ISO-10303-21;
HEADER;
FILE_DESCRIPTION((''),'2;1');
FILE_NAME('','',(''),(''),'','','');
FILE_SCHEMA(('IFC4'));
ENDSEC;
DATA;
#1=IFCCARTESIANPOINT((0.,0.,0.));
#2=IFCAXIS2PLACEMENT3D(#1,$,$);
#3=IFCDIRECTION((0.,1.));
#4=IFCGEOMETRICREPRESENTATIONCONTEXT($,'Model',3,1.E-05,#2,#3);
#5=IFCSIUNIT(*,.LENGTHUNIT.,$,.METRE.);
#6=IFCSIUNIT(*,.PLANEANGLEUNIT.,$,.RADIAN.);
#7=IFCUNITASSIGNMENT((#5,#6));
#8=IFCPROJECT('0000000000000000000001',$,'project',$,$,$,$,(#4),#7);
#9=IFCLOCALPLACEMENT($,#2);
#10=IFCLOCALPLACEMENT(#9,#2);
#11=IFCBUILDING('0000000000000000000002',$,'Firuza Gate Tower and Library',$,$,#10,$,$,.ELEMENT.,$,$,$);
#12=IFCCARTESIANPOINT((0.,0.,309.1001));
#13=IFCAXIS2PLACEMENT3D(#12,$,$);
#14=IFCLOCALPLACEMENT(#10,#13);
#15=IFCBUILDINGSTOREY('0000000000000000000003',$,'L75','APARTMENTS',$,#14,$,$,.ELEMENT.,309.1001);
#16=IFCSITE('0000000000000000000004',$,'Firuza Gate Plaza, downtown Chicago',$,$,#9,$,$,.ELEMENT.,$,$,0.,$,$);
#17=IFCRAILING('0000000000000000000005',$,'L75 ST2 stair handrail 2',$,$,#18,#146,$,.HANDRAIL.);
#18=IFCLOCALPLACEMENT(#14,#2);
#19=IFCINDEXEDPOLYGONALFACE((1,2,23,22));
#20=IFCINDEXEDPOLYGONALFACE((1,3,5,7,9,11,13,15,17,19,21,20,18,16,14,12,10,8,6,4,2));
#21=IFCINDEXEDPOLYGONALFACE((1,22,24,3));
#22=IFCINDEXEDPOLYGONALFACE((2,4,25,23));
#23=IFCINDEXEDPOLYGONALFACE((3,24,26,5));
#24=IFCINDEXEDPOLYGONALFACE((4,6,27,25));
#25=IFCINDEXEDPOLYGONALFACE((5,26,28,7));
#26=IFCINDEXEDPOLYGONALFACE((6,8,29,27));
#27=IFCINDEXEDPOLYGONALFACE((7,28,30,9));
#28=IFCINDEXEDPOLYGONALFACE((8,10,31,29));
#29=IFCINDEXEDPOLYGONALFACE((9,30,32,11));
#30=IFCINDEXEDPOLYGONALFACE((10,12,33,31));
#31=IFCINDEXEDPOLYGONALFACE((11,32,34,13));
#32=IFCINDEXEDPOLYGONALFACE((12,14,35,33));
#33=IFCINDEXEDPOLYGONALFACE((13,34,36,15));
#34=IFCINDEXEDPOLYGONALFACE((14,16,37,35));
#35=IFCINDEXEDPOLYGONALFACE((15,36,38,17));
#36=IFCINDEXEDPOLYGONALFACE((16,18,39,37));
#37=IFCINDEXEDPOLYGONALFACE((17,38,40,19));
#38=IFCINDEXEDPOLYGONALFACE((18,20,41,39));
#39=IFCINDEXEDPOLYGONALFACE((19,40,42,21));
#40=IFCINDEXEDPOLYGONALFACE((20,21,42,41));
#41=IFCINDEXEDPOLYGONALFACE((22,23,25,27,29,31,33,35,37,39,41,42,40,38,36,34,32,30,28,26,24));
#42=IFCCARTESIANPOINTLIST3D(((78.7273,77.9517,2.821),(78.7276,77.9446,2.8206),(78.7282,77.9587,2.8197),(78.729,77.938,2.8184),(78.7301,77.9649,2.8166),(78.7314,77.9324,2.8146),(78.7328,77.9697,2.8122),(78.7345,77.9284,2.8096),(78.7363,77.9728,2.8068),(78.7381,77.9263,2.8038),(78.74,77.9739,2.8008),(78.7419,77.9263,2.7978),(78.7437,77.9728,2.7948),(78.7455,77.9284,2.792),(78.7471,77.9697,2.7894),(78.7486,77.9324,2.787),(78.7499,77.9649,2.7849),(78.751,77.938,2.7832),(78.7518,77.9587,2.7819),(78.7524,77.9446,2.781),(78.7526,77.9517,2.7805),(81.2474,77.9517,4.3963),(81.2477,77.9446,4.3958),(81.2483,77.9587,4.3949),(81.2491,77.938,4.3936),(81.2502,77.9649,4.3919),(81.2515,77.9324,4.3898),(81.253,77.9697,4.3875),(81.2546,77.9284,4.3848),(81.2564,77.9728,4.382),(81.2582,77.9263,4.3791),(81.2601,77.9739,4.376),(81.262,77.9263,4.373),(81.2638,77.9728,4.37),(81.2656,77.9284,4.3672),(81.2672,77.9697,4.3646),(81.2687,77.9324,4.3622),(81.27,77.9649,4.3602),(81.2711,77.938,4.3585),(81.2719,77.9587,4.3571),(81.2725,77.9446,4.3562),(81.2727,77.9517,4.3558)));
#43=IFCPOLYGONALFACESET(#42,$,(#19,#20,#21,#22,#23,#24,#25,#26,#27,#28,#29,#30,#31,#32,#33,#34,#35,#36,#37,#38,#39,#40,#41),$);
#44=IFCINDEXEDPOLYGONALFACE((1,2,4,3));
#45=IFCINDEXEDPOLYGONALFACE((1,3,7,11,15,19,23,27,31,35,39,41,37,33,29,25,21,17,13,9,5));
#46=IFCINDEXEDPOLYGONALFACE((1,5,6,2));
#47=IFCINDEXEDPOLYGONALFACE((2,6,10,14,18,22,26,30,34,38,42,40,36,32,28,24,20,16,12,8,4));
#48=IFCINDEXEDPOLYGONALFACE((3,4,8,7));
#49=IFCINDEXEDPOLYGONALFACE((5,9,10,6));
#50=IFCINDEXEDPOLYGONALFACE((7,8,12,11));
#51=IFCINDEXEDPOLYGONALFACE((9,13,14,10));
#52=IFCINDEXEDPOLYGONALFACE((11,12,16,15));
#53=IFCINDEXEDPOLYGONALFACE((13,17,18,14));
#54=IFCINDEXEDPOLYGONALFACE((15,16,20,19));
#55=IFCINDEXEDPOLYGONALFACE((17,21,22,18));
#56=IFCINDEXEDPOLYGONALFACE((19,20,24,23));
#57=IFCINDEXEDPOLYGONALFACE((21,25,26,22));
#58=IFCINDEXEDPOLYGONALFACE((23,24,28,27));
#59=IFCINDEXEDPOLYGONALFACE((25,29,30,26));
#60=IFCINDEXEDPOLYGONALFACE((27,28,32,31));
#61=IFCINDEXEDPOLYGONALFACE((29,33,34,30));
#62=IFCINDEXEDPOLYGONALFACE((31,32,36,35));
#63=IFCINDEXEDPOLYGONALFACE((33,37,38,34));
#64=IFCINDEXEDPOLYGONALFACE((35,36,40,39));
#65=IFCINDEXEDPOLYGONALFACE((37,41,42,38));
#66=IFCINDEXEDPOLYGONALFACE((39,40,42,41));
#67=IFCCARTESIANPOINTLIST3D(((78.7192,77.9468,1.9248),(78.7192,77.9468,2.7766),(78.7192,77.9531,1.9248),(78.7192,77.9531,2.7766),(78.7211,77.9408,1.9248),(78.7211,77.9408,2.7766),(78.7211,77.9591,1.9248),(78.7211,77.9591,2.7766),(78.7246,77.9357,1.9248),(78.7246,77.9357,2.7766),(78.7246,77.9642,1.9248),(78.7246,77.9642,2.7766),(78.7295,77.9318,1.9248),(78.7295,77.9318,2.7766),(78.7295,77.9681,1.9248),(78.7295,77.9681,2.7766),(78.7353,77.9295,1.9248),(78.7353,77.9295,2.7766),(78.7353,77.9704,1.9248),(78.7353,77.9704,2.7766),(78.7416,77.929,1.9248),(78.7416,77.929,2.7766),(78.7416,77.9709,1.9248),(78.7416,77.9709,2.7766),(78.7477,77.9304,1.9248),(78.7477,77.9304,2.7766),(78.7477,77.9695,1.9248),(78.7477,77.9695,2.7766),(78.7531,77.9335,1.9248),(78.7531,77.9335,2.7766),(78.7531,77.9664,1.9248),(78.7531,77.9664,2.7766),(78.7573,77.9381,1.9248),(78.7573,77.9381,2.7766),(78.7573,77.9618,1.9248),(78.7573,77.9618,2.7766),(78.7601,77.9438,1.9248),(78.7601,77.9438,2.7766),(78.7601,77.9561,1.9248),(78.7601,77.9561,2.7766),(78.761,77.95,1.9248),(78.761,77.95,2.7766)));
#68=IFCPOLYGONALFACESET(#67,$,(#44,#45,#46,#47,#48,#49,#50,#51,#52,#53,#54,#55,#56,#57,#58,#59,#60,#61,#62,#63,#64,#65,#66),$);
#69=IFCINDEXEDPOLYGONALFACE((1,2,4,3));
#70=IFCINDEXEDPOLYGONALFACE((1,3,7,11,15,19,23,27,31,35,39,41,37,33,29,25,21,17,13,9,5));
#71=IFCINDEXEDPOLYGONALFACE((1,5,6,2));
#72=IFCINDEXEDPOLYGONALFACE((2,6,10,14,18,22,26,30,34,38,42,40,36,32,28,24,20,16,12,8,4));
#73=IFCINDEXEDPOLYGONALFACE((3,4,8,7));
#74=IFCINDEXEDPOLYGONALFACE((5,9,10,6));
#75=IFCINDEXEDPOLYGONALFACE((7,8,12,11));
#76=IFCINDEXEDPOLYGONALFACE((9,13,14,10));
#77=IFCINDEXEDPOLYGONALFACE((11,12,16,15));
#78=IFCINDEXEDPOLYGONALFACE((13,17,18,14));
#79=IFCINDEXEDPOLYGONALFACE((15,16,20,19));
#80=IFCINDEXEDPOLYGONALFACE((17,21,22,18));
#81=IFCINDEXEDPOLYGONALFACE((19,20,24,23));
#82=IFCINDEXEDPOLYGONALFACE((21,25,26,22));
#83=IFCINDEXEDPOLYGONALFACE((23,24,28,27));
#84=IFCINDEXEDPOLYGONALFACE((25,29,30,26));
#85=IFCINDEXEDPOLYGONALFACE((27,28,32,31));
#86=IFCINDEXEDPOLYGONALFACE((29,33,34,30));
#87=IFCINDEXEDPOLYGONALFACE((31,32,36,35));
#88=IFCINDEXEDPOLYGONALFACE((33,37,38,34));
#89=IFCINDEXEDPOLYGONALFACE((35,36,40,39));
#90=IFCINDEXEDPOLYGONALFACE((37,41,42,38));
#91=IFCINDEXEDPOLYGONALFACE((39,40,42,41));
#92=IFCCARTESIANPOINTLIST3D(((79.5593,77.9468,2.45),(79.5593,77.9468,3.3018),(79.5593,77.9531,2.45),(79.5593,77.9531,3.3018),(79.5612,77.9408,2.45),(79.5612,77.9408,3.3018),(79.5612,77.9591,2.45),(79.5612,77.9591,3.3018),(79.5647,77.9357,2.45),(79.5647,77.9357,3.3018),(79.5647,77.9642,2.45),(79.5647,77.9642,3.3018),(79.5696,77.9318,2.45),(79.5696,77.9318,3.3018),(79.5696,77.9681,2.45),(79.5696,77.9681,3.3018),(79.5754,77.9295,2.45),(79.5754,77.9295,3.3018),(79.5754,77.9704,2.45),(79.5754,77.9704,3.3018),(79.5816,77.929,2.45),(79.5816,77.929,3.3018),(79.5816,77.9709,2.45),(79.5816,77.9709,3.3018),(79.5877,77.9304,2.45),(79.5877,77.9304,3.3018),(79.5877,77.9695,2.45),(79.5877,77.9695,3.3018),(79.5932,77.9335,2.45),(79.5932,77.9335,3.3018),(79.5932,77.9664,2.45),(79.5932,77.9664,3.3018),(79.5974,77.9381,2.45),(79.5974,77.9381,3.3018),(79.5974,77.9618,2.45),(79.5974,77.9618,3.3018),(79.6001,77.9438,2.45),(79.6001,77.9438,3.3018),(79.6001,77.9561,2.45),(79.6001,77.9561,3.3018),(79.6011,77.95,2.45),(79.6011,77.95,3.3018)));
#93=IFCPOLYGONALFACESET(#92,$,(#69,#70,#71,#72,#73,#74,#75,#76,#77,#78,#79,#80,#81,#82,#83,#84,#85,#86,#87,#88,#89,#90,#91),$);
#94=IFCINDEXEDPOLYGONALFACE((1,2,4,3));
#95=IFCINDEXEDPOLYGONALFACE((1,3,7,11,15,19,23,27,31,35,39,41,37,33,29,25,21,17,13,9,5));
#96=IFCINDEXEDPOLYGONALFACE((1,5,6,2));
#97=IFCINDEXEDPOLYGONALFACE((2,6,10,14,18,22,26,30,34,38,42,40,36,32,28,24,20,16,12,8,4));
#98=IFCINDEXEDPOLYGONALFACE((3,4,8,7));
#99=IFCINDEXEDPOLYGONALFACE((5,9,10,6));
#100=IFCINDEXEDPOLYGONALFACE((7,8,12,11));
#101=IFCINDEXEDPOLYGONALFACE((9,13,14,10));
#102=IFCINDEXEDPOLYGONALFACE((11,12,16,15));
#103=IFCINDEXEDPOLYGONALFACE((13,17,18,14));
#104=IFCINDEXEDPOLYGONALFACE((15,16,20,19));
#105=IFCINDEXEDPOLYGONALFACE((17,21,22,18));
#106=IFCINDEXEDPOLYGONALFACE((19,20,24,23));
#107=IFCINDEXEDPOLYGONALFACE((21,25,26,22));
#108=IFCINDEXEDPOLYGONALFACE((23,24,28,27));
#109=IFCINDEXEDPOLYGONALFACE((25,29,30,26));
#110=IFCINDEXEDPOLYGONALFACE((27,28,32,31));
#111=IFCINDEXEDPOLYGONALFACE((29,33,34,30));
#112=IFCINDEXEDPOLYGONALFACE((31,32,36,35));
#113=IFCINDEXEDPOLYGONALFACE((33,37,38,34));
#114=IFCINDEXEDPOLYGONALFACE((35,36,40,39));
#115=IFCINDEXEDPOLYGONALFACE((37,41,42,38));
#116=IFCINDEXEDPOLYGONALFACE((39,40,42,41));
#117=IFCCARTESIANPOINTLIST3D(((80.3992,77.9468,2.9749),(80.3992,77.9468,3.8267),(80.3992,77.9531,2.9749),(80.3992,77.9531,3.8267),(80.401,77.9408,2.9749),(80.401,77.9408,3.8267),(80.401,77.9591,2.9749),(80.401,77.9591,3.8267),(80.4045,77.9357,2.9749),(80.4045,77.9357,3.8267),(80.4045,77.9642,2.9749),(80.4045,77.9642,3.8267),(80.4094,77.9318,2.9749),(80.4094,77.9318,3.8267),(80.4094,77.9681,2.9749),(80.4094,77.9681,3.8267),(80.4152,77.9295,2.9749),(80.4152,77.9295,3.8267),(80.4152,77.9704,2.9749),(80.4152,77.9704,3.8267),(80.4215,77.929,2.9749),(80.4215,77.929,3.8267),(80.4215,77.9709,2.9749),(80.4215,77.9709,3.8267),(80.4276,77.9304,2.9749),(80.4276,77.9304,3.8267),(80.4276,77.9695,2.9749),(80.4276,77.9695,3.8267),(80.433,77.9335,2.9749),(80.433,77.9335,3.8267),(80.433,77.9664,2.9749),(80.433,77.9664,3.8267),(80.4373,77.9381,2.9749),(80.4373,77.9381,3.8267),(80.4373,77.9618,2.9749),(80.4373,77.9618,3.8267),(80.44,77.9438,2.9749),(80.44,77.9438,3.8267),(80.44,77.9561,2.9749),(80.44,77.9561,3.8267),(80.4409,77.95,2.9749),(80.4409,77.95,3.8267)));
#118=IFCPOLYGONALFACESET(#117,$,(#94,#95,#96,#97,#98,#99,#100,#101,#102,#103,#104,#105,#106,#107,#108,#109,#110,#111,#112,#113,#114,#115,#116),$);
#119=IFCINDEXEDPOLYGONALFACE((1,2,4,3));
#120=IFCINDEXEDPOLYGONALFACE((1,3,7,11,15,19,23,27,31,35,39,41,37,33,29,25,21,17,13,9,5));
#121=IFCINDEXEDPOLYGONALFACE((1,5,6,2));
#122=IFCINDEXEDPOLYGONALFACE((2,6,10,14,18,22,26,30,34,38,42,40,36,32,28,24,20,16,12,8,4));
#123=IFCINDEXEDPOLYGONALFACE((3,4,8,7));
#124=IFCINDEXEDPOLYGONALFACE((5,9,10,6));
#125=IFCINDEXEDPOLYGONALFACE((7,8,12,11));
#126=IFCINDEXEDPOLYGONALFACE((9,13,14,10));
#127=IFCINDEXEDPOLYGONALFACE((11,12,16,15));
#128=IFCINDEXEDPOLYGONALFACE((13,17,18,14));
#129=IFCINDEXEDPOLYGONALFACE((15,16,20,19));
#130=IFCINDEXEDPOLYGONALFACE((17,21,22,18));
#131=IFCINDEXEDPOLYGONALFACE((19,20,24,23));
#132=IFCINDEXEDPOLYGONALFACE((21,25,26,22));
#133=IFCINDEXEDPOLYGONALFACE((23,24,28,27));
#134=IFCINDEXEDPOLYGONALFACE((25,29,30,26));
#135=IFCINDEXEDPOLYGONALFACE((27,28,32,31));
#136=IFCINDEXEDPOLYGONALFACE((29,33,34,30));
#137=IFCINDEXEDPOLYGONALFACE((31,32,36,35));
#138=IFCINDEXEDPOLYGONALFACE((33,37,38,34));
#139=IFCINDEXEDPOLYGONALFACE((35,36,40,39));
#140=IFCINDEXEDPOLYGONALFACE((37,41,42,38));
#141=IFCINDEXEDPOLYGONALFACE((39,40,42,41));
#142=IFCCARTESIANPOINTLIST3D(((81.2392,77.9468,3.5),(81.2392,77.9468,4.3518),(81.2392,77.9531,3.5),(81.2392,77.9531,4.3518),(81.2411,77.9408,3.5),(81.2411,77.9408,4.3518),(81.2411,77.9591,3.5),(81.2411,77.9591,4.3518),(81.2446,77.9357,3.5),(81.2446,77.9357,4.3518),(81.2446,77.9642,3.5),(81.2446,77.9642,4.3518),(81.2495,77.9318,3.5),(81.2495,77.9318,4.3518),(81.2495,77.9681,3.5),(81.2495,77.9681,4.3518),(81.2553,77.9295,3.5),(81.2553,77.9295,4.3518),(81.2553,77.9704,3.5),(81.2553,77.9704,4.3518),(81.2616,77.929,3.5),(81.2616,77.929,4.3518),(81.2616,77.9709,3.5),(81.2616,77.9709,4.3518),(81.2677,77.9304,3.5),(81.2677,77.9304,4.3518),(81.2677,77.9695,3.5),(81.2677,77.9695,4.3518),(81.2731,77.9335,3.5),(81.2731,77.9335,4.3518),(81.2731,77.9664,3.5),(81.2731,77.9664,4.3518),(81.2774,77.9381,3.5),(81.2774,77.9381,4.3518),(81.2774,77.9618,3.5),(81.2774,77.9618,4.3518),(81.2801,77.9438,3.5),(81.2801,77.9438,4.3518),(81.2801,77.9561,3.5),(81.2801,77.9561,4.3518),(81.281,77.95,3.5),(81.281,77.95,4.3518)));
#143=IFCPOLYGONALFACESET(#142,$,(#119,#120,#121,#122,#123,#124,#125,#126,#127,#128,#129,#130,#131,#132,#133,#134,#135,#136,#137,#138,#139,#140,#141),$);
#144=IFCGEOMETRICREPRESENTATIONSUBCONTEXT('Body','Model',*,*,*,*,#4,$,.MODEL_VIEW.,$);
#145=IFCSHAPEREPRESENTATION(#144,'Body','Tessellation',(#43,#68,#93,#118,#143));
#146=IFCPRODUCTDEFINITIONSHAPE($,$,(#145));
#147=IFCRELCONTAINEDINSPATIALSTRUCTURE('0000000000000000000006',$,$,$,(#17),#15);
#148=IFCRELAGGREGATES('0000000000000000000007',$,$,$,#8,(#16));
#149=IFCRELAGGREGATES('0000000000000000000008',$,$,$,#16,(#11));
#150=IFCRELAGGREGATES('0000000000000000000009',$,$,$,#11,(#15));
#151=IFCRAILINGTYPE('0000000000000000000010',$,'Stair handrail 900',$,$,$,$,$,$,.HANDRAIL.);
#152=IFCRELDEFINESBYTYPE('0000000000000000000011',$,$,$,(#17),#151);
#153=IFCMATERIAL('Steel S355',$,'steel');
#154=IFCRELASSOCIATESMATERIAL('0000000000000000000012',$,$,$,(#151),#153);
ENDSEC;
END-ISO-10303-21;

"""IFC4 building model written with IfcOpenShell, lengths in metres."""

from ifc_helpers import new_model, si_unit, direction, frame, origin, origin_2d, place, context, subcontext, project, spatial, circle, extrude, material, type_object, element, save


model = new_model("IFC4")

# Units and contexts
model_context = context("Model", 3, precision=1e-05, world=origin(), true_north=direction((0.0, 1.0)))
body_context = subcontext(model_context, "Body", "Model", "MODEL_VIEW")
ifc_project = project(units=[si_unit("LENGTHUNIT", "METRE"), si_unit("PLANEANGLEUNIT", "RADIAN")], contexts=[model_context])

# Site, building, storey
site_placement = place(None, origin())
site = spatial("IfcSite", under=ifc_project, at=site_placement, Name="Firuza Gate Plaza, downtown Chicago", CompositionType="ELEMENT", RefElevation=0.0)
building_placement = place(site_placement, origin())
building = spatial("IfcBuilding", under=site, at=building_placement, Name="Firuza Gate Tower and Library", CompositionType="ELEMENT")
storey_placement = place(building_placement, frame((0.0, 0.0, 309.1001)))
storey = spatial("IfcBuildingStorey", under=building, at=storey_placement, Name="L75", Description="APARTMENTS", CompositionType="ELEMENT", Elevation=309.1001)

# Railing
ifc_material_1 = material(Name="Steel S355", Category="steel")
railing_type_1 = type_object("IfcRailingType", Name="Stair handrail 900", PredefinedType="HANDRAIL", material=ifc_material_1)
railing_1_placement = place(storey_placement, frame((78.74, 77.95, 1.9248)))
element("IfcRailing", 1, at=railing_1_placement, inside=storey, type_object=railing_type_1, Name="L75 ST2 stair handrail 2", PredefinedType="HANDRAIL", context=body_context, shape_type="SweptSolid", body=[
    extrude(circle(Radius=0.0239, at=origin_2d()), frame((0.0, 0.0, 0.876), z_axis=(0.847971, 0.0, 0.530043), x_axis=(0.0, 1.0, 0.0)), (0.0, 0.0, 1.0), 2.9719),
    extrude(circle(Radius=0.021, at=origin_2d()), origin(), (0.0, 0.0, 1.0), 0.8518),
    extrude(circle(Radius=0.021, at=origin_2d()), frame((0.8401, 0.0, 0.5251)), (0.0, 0.0, 1.0), 0.8518),
    extrude(circle(Radius=0.021, at=origin_2d()), frame((1.6799, 0.0, 1.05)), (0.0, 0.0, 1.0), 0.8518),
    extrude(circle(Radius=0.021, at=origin_2d()), frame((2.52, 0.0, 1.5752)), (0.0, 0.0, 1.0), 0.8518),
])

save(model, "model.ifc")
